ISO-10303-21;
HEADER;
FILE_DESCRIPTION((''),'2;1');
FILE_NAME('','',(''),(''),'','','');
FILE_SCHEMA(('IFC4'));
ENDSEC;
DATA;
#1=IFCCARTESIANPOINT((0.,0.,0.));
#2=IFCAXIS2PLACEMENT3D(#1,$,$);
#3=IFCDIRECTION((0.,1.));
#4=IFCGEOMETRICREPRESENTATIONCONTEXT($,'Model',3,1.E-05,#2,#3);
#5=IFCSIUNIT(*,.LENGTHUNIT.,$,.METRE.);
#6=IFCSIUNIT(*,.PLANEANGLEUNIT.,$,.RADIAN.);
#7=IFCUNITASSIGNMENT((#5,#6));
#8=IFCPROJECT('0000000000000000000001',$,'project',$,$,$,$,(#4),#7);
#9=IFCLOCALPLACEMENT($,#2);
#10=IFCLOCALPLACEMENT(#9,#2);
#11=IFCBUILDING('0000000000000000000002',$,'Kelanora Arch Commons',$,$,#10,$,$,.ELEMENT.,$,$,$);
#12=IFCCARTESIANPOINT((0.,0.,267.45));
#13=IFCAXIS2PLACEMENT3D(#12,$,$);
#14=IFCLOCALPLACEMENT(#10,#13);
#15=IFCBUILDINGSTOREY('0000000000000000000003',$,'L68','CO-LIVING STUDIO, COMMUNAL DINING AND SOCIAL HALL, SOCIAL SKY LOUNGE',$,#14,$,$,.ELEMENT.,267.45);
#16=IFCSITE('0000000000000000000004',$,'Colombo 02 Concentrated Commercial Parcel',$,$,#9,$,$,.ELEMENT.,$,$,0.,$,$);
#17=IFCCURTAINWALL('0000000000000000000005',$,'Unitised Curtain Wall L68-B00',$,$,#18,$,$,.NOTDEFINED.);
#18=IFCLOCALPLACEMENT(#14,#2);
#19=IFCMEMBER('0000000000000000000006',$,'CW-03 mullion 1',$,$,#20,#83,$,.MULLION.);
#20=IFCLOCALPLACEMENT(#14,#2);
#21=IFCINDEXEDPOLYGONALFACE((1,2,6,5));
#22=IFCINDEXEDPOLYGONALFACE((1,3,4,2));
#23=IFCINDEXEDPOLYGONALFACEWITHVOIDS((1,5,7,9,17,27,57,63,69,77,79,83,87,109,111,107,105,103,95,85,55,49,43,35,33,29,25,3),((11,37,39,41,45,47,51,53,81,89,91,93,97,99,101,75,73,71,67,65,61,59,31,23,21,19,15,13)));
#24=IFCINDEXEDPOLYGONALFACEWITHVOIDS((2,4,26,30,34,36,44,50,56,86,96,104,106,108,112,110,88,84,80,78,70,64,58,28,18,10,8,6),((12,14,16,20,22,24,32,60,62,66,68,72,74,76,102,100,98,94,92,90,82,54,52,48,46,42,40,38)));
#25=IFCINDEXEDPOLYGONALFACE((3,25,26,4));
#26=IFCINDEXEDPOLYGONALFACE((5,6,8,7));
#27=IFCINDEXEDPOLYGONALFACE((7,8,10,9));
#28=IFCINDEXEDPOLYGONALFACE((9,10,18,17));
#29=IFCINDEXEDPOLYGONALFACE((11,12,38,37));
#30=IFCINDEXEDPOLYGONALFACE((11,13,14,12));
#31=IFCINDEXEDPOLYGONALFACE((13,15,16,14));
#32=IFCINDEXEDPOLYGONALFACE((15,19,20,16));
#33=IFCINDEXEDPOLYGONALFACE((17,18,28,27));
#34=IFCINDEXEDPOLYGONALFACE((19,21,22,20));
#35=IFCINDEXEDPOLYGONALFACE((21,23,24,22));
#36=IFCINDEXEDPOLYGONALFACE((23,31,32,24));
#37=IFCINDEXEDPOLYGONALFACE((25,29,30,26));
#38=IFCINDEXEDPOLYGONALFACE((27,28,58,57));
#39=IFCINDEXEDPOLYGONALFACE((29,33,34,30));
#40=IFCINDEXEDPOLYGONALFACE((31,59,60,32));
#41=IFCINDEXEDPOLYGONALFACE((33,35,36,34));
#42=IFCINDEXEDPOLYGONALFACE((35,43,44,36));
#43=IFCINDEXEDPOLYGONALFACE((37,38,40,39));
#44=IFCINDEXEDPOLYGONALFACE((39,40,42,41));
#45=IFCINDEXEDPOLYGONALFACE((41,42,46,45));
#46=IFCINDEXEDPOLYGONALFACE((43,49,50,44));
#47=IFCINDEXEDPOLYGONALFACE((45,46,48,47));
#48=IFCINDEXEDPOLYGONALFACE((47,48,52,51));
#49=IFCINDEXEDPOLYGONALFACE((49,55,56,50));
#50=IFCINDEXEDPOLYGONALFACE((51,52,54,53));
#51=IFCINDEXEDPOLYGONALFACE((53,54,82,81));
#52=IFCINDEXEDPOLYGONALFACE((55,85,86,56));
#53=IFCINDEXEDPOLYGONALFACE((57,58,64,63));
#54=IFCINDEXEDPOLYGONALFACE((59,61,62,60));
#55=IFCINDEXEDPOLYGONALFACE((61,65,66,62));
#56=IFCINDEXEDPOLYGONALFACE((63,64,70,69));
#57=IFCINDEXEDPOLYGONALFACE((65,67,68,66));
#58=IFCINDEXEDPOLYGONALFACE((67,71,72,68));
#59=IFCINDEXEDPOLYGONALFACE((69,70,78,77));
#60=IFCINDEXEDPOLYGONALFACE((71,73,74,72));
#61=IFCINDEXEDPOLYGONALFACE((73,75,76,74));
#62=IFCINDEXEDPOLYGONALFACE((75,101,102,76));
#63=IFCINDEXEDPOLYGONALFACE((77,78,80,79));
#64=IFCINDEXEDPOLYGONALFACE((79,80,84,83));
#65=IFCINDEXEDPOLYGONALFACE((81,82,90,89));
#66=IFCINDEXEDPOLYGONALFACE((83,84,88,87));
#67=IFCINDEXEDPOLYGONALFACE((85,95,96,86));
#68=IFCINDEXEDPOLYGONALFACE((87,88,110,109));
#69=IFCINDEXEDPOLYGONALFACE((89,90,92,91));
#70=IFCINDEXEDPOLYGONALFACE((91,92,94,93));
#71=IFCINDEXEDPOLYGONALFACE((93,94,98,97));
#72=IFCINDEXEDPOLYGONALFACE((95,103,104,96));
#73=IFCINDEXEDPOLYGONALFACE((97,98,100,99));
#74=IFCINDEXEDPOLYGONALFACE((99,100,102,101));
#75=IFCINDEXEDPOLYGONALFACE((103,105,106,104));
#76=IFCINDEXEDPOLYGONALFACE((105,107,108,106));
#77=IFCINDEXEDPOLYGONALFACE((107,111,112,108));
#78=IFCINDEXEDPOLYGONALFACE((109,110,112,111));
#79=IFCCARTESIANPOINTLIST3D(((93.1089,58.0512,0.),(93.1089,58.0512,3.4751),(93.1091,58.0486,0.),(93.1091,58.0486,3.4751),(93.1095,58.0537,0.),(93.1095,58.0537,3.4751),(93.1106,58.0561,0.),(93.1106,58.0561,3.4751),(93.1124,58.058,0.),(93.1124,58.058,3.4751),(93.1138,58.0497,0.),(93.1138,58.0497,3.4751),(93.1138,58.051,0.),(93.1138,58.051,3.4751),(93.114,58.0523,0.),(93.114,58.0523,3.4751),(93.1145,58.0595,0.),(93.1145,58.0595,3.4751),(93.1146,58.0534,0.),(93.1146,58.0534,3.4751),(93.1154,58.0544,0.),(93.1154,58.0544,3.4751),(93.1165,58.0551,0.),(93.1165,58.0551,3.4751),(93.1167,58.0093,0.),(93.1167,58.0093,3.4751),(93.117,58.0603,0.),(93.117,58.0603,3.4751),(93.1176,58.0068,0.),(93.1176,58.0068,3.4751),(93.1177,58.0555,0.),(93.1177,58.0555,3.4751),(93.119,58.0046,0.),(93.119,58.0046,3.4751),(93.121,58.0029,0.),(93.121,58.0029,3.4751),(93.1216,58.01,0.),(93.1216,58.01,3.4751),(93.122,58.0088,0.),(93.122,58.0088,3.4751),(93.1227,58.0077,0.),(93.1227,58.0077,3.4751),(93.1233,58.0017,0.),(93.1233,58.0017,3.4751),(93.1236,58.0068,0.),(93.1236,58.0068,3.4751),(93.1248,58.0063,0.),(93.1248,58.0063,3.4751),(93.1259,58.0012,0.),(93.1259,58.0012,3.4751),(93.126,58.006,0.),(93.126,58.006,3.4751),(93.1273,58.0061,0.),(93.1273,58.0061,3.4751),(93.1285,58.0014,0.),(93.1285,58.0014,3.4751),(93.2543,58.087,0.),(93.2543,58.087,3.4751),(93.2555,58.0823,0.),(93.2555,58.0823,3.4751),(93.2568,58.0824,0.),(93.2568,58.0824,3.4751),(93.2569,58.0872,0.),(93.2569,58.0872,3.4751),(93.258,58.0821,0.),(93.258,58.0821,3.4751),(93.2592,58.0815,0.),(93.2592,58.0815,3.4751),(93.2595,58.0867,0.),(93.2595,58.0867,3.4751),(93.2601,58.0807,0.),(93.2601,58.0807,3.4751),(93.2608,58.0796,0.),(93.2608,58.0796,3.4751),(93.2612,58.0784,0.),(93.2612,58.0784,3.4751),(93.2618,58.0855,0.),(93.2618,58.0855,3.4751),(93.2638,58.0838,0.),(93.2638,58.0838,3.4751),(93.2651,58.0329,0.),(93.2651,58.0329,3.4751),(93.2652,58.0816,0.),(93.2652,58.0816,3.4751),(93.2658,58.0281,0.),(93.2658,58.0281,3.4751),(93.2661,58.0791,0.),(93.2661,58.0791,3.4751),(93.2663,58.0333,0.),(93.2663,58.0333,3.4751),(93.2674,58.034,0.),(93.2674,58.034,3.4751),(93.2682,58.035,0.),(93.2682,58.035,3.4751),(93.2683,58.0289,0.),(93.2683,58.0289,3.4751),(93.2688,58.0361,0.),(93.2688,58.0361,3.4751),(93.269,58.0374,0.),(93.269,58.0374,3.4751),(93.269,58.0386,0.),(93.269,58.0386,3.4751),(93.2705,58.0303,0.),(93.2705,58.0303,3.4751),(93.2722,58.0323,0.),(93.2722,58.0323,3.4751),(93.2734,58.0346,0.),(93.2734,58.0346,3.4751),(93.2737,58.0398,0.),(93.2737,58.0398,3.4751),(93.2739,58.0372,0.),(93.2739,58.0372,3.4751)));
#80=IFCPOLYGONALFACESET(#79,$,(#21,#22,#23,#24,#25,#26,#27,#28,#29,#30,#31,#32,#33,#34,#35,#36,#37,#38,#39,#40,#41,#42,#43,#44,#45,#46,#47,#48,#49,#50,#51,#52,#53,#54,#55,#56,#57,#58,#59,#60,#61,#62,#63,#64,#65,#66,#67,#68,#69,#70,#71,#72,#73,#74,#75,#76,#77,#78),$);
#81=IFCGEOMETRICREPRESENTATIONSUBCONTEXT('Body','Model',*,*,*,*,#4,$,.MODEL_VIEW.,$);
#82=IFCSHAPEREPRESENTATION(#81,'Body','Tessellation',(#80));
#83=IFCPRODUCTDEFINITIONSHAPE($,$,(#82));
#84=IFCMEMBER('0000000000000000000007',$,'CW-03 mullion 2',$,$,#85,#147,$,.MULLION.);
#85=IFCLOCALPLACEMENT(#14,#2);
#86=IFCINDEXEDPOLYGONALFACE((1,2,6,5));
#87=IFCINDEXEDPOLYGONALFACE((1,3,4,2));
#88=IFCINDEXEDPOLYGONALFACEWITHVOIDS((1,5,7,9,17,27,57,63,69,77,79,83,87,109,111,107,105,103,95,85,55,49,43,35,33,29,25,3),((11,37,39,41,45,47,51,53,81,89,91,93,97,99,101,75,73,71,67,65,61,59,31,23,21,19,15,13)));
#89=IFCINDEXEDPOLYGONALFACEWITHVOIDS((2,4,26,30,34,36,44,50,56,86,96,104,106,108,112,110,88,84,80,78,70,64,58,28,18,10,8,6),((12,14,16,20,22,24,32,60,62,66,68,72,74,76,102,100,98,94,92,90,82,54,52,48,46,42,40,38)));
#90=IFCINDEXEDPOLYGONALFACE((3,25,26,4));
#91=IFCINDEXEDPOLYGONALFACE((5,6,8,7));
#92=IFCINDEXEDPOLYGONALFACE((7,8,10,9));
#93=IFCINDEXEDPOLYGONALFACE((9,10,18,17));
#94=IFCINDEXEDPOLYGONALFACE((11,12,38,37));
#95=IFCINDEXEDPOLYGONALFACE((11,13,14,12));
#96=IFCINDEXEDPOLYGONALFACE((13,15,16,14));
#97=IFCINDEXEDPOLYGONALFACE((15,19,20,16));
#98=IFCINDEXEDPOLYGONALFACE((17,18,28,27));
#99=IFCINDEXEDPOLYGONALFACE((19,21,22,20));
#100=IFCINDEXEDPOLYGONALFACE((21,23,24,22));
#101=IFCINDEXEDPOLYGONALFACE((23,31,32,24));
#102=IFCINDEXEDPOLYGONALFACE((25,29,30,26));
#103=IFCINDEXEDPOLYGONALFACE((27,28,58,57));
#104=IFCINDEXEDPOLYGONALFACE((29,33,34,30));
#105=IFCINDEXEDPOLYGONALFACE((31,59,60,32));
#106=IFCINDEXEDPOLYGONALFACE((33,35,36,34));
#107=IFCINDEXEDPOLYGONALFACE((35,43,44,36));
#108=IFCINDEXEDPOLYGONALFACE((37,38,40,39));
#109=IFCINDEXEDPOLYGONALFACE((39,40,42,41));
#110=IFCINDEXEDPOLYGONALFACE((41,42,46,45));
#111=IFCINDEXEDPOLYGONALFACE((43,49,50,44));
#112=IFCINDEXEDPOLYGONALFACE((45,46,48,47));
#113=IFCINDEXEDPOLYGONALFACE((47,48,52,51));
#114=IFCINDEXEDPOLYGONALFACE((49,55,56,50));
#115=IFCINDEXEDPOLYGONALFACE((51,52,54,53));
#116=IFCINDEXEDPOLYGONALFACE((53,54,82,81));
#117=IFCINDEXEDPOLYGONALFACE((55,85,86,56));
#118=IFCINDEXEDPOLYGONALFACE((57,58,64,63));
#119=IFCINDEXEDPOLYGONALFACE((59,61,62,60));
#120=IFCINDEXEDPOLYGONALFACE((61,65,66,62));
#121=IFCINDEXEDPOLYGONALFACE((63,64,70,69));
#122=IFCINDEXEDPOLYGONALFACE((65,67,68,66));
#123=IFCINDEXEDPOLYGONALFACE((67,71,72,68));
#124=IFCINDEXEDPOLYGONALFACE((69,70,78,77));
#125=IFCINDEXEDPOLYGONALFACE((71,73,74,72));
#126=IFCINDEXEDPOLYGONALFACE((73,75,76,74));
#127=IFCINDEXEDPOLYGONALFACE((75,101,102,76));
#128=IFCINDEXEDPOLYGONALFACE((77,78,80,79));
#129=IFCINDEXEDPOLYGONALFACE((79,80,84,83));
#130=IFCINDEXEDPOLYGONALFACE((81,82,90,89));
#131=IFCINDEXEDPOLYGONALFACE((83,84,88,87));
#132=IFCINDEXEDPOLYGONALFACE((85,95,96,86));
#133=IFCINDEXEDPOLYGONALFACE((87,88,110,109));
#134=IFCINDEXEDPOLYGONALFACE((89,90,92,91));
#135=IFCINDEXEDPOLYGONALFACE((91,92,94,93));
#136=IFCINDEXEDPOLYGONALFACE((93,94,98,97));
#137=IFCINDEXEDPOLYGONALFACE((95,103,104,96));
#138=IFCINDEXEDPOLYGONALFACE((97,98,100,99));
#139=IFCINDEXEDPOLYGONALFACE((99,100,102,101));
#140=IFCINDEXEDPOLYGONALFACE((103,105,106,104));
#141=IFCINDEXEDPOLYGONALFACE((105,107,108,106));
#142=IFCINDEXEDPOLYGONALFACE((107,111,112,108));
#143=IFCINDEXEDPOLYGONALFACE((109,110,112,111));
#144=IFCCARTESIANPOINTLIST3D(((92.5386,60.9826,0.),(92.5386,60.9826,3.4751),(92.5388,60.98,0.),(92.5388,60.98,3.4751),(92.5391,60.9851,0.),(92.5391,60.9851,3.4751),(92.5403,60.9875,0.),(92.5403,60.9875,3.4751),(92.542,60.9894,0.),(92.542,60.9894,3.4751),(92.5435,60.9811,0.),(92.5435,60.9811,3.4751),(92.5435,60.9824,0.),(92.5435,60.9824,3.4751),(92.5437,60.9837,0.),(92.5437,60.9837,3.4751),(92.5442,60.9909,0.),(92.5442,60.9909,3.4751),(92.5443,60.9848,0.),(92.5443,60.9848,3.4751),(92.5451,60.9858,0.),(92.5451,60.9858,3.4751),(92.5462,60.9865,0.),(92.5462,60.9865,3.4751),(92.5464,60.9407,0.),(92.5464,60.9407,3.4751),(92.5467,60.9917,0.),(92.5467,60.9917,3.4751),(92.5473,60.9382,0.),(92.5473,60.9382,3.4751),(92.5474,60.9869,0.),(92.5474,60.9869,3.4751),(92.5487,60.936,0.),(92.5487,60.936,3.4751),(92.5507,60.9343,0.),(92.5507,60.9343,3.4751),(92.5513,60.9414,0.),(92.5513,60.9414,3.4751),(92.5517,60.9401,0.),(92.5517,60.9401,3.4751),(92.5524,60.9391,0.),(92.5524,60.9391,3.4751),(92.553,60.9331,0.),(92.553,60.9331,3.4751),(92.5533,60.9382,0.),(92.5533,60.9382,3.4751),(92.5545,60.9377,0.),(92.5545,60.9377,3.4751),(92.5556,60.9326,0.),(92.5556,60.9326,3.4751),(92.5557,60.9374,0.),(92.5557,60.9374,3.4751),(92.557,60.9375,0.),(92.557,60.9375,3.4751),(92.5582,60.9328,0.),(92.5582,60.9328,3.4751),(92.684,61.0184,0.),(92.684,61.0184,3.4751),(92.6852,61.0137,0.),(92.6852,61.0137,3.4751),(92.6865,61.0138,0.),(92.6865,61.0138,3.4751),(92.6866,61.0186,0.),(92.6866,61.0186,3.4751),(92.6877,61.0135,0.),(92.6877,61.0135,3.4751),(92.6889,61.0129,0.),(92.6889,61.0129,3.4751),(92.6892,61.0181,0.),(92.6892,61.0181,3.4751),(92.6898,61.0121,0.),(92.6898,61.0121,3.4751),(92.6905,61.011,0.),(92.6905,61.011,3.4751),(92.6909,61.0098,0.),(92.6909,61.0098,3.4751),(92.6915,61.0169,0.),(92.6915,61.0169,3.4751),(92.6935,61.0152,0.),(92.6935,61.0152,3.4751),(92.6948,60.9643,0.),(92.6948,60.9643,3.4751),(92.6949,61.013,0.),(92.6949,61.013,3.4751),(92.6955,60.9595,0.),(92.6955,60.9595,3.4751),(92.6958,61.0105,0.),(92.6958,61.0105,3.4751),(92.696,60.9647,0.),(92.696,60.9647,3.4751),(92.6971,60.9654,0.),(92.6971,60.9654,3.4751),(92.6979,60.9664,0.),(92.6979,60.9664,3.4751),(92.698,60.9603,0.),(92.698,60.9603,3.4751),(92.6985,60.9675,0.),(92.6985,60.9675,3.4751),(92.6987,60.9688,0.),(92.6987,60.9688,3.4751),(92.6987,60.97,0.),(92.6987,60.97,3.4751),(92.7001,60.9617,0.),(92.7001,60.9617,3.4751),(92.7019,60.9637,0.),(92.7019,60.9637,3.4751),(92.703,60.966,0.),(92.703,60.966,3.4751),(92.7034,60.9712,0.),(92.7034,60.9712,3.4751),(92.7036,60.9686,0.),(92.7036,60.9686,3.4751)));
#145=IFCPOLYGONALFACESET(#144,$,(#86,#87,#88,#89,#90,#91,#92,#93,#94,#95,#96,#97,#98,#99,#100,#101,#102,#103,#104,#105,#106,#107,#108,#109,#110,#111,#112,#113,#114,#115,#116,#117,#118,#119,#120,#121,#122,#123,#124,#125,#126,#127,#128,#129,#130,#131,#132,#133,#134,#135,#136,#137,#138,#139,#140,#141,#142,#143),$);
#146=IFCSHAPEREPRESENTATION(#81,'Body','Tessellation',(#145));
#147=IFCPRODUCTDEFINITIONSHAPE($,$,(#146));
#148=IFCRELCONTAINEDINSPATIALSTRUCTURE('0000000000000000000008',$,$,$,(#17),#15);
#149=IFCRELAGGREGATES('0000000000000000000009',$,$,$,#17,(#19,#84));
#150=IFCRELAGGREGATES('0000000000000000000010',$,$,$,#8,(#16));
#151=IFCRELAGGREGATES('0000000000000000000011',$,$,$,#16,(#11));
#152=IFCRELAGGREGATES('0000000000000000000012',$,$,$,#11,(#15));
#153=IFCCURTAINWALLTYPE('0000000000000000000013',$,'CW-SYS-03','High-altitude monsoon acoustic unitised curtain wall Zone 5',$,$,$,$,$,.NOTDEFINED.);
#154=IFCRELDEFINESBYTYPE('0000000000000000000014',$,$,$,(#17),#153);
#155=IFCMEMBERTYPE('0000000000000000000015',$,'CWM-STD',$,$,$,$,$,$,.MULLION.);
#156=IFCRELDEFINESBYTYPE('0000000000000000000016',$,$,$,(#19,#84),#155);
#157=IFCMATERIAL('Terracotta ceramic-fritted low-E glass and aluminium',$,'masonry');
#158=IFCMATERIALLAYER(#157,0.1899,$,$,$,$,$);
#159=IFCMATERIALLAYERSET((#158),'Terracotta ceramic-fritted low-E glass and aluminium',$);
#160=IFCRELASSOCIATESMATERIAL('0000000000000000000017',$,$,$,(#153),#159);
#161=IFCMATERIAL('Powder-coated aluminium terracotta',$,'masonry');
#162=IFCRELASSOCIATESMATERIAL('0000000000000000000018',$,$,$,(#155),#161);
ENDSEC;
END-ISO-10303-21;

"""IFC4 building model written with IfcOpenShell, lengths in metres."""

from ifc_helpers import new_model, si_unit, direction, frame, origin, origin_2d, place, context, subcontext, project, spatial, hollow_rectangle, extrude, material, layer, layer_set, material_profile, profile_set, type_object, element, aggregate, save


model = new_model("IFC4")

# Units and contexts
model_context = context("Model", 3, precision=1e-05, world=origin(), true_north=direction((0.0, 1.0)))
body_context = subcontext(model_context, "Body", "Model", "MODEL_VIEW")
ifc_project = project(units=[si_unit("LENGTHUNIT", "METRE"), si_unit("PLANEANGLEUNIT", "RADIAN")], contexts=[model_context])

# Site, building, storey
site_placement = place(None, origin())
site = spatial("IfcSite", under=ifc_project, at=site_placement, Name="Colombo 02 Concentrated Commercial Parcel", CompositionType="ELEMENT", RefElevation=0.0)
building_placement = place(site_placement, origin())
building = spatial("IfcBuilding", under=site, at=building_placement, Name="Kelanora Arch Commons", CompositionType="ELEMENT")
storey_placement = place(building_placement, frame((0.0, 0.0, 267.45)))
storey = spatial("IfcBuildingStorey", under=building, at=storey_placement, Name="L68", Description="CO-LIVING STUDIO, COMMUNAL DINING AND SOCIAL HALL, SOCIAL SKY LOUNGE", CompositionType="ELEMENT", Elevation=267.45)

# Curtain wall, members
ifc_material_1 = material(Name="Terracotta ceramic-fritted low-E glass and aluminium", Category="masonry")
ifc_layer_1 = layer(ifc_material_1, 0.1899)
ifc_layer_set_1 = layer_set([ifc_layer_1], Name="Terracotta ceramic-fritted low-E glass and aluminium")
curtain_wall_type = type_object("IfcCurtainWallType", Name="CW-SYS-03", Description="High-altitude monsoon acoustic unitised curtain wall Zone 5", PredefinedType="NOTDEFINED", material=ifc_layer_set_1)
curtain_wall_placement = place(storey_placement, origin())
curtain_wall = element("IfcCurtainWall", 1, at=curtain_wall_placement, inside=storey, type_object=curtain_wall_type, Name="Unitised Curtain Wall L68-B00", PredefinedType="NOTDEFINED")
ifc_material_2 = material(Name="Powder-coated aluminium terracotta", Category="masonry")
ifc_material_profile_1 = material_profile(ifc_material_2, hollow_rectangle(XDim=0.1599, YDim=0.0601, WallThickness=0.0049, InnerFilletRadius=0.0049, OuterFilletRadius=0.01, at=origin_2d()), Name="CWM160x60")
ifc_profile_set_1 = profile_set([ifc_material_profile_1], Name="Powder-coated aluminium terracotta")
member_type_1 = type_object("IfcMemberType", Name="CWM-STD", PredefinedType="MULLION", material=ifc_profile_set_1)
member_1_placement = place(storey_placement, frame((93.1914, 58.0442, 0.0), z_axis=(0.0, 0.0, 1.0), x_axis=(-0.981596, -0.190972, 0.0)))
member_1 = element("IfcMember", 2, at=member_1_placement, type_object=member_type_1, Name="CW-03 mullion 1", PredefinedType="MULLION", context=body_context, shape_type="SweptSolid", body=[
    extrude(hollow_rectangle(XDim=0.1599, YDim=0.0601, WallThickness=0.0049, InnerFilletRadius=0.0049, OuterFilletRadius=0.01, at=origin_2d()), origin(), (0.0, 0.0, 1.0), 3.4751),
])
member_2_placement = place(storey_placement, frame((92.6211, 60.9756, 0.0), z_axis=(0.0, 0.0, 1.0), x_axis=(-0.981596, -0.190972, 0.0)))
member_2 = element("IfcMember", 3, at=member_2_placement, type_object=member_type_1, Name="CW-03 mullion 2", PredefinedType="MULLION", context=body_context, shape_type="SweptSolid", body=[
    extrude(hollow_rectangle(XDim=0.1599, YDim=0.0601, WallThickness=0.0049, InnerFilletRadius=0.0049, OuterFilletRadius=0.01, at=origin_2d()), origin(), (0.0, 0.0, 1.0), 3.4751),
])
aggregate(curtain_wall, [member_1, member_2])

save(model, "model.ifc")
